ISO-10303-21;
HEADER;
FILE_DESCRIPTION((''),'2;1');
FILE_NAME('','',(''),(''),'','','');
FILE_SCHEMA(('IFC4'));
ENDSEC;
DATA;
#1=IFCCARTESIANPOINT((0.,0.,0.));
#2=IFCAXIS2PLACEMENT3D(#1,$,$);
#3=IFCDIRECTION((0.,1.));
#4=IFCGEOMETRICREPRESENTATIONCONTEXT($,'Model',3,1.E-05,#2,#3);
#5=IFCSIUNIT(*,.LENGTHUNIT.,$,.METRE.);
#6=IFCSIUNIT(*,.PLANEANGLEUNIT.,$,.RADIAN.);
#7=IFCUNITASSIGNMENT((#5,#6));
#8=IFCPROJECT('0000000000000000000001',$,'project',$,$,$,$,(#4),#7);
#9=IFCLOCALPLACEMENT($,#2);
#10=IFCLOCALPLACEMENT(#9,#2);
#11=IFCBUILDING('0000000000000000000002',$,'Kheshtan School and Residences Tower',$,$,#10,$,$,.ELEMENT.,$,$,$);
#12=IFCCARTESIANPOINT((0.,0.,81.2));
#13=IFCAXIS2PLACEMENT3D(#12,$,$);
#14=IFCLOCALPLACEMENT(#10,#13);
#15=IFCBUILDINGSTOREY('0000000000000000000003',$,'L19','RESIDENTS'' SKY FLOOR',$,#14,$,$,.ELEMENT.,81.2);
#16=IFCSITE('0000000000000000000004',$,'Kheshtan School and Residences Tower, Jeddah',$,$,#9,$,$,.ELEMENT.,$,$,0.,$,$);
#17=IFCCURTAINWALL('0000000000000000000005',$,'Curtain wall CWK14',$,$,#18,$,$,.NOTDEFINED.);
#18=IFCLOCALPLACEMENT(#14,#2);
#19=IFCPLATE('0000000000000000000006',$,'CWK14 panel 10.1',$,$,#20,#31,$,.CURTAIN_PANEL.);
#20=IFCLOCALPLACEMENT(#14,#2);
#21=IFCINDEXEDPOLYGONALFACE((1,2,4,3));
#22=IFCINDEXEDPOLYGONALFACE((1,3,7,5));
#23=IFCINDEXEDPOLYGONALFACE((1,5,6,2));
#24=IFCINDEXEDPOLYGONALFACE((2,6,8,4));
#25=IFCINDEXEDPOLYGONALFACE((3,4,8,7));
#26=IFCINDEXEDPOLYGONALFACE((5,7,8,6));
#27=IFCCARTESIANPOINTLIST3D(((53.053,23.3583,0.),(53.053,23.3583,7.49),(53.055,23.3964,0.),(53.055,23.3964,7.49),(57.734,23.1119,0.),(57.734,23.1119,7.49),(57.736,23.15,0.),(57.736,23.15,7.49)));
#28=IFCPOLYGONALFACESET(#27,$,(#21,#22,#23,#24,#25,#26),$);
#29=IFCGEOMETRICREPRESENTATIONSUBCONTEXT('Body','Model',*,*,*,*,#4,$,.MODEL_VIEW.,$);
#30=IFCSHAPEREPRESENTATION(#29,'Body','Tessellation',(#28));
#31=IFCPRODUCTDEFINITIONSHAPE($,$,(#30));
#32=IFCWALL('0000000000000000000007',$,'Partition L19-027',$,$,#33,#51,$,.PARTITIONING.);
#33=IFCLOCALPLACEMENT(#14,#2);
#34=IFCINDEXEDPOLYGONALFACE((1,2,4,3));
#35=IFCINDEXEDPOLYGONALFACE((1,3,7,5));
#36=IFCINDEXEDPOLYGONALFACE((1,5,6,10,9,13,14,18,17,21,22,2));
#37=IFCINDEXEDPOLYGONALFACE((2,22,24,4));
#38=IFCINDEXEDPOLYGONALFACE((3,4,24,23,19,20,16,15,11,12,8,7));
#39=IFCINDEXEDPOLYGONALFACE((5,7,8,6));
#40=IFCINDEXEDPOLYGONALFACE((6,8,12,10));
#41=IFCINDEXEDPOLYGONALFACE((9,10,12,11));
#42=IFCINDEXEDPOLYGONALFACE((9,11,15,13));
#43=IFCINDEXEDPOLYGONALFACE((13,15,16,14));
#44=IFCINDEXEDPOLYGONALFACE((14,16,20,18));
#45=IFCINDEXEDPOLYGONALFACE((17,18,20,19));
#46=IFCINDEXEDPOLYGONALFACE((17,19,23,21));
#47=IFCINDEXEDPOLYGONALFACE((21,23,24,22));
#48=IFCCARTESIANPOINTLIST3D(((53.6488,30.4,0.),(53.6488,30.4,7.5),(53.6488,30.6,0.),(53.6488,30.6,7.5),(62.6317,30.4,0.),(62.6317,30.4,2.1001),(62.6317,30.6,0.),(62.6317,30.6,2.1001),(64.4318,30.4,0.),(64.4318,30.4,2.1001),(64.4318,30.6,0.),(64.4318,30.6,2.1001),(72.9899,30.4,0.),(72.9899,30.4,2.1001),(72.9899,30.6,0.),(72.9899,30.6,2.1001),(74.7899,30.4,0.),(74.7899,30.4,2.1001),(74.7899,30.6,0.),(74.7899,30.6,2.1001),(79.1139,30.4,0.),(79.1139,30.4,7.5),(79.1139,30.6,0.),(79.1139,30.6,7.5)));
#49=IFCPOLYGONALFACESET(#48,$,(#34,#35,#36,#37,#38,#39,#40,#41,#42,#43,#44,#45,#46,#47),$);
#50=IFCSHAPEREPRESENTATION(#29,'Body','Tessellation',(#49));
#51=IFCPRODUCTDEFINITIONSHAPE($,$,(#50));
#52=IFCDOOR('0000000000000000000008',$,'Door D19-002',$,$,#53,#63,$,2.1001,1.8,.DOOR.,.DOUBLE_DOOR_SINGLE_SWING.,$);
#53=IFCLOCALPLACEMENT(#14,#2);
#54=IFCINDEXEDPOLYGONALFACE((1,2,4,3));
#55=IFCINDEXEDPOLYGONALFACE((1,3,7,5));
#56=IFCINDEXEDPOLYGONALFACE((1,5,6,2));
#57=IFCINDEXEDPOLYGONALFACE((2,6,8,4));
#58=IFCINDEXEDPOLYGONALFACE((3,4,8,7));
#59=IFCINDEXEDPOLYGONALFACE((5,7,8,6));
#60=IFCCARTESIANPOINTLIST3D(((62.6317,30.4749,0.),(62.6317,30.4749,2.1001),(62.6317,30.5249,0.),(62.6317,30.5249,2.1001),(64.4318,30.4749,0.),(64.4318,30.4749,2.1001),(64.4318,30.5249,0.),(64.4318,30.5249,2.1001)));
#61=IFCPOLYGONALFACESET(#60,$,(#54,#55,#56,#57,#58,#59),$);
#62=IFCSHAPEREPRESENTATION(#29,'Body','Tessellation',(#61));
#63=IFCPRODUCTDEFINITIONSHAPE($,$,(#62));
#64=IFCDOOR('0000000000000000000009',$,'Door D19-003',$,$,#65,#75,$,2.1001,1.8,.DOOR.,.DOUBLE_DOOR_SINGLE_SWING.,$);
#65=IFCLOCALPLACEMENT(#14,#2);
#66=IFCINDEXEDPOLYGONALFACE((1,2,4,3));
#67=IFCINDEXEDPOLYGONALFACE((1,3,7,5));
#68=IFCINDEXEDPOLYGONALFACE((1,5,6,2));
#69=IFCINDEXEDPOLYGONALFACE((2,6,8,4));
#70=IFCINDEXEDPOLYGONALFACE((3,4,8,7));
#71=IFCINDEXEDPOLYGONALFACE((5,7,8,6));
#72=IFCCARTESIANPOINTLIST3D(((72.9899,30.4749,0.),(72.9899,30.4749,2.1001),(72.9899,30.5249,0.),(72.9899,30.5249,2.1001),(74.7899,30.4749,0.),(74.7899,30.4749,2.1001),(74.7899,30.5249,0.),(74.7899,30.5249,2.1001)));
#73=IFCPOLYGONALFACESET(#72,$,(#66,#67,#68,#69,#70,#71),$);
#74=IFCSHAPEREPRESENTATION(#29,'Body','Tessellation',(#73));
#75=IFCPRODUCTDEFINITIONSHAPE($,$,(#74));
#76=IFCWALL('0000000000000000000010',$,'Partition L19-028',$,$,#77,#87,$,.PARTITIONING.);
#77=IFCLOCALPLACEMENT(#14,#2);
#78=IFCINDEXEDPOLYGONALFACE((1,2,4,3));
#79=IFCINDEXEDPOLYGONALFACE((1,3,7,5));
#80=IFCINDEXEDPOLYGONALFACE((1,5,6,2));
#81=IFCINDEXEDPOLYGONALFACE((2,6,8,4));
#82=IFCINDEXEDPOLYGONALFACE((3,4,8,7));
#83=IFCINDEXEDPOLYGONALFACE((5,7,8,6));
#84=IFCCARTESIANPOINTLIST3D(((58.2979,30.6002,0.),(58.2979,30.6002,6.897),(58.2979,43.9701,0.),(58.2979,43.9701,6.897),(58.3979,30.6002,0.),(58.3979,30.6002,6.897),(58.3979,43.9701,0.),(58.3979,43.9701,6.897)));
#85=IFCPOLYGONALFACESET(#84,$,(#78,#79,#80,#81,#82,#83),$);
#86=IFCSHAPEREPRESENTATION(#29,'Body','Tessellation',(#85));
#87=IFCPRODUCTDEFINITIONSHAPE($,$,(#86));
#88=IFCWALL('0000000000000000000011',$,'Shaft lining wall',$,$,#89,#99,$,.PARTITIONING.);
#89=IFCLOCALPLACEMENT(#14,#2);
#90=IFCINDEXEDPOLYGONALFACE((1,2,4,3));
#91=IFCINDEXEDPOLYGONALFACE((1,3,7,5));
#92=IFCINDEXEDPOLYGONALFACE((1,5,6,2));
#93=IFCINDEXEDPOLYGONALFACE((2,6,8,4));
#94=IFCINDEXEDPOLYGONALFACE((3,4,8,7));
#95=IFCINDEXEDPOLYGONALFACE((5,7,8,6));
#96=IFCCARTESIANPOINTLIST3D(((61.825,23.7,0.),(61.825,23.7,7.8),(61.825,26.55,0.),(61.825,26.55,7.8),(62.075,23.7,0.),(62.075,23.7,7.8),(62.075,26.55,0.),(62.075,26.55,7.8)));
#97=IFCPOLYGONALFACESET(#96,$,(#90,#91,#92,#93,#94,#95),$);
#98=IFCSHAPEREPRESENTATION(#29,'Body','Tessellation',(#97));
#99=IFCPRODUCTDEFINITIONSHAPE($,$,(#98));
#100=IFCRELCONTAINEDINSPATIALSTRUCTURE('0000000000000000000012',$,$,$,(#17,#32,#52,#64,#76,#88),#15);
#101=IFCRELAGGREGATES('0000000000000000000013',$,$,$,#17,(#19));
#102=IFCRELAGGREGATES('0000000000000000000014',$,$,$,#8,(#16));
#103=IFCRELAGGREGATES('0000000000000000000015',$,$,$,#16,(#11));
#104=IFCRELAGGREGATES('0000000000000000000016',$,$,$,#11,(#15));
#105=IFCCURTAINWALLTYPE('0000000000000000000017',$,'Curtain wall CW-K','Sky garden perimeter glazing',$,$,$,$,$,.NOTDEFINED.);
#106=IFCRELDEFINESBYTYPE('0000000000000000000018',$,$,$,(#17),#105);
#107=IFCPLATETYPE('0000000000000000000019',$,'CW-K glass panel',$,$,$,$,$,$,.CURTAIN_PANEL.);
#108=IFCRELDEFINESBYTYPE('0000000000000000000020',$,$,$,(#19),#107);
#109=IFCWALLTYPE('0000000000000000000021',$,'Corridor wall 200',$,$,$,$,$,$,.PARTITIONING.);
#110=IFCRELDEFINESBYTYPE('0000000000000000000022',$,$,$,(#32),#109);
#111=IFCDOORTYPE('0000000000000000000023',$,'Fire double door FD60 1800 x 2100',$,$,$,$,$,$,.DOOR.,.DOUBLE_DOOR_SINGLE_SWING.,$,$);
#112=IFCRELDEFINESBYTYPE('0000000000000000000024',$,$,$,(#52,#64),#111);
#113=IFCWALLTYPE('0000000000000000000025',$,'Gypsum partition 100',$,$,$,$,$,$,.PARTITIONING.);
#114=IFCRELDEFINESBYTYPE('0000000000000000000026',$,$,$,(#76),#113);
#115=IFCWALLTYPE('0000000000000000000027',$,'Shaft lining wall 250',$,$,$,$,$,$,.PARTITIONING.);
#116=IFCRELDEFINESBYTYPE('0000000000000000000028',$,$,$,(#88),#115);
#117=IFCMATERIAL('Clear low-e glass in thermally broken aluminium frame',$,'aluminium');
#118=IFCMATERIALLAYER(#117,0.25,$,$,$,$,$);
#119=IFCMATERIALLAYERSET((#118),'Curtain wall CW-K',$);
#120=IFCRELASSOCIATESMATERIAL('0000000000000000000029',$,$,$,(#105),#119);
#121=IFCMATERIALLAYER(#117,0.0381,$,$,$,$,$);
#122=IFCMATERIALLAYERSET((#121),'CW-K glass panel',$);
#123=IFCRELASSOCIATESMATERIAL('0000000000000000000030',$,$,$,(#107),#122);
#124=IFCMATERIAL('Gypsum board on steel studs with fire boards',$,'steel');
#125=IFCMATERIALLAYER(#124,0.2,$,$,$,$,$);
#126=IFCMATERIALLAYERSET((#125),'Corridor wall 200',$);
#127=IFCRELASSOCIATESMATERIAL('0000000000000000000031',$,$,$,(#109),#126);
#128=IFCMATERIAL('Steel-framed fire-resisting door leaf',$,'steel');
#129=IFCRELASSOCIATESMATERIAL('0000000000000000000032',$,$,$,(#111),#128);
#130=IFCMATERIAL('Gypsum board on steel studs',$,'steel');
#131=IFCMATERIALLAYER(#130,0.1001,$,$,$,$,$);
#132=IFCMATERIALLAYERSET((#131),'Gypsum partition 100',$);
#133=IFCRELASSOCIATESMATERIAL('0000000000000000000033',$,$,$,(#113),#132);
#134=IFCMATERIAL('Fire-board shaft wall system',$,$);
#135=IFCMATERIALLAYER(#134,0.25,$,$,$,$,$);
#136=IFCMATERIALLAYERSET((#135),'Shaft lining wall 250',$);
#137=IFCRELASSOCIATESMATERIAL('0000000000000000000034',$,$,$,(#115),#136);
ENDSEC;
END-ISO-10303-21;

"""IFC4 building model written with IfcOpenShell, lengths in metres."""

from ifc_helpers import new_model, si_unit, direction, frame, frame_2d, origin, origin_2d, place, context, subcontext, project, spatial, rectangle, extrude, source, transform, mapped, material, layer, layer_set, type_object, element, fill, aggregate, save


model = new_model("IFC4")

# Units and contexts
model_context = context("Model", 3, precision=1e-05, world=origin(), true_north=direction((0.0, 1.0)))
body_context = subcontext(model_context, "Body", "Model", "MODEL_VIEW")
ifc_project = project(units=[si_unit("LENGTHUNIT", "METRE"), si_unit("PLANEANGLEUNIT", "RADIAN")], contexts=[model_context])

# Site, building, storey
site_placement = place(None, origin())
site = spatial("IfcSite", under=ifc_project, at=site_placement, Name="Kheshtan School and Residences Tower, Jeddah", CompositionType="ELEMENT", RefElevation=0.0)
building_placement = place(site_placement, origin())
building = spatial("IfcBuilding", under=site, at=building_placement, Name="Kheshtan School and Residences Tower", CompositionType="ELEMENT")
storey_placement = place(building_placement, frame((0.0, 0.0, 81.2)))
storey = spatial("IfcBuildingStorey", under=building, at=storey_placement, Name="L19", Description="RESIDENTS' SKY FLOOR", CompositionType="ELEMENT", Elevation=81.2)

# Curtain wall, plate
ifc_material_1 = material(Name="Clear low-e glass in thermally broken aluminium frame", Category="aluminium")
ifc_layer_1 = layer(ifc_material_1, 0.25)
ifc_layer_set_1 = layer_set([ifc_layer_1], Name="Curtain wall CW-K")
curtain_wall_type = type_object("IfcCurtainWallType", Name="Curtain wall CW-K", Description="Sky garden perimeter glazing", PredefinedType="NOTDEFINED", material=ifc_layer_set_1)
curtain_wall_placement = place(storey_placement, origin())
curtain_wall = element("IfcCurtainWall", 1, at=curtain_wall_placement, inside=storey, type_object=curtain_wall_type, Name="Curtain wall CWK14", PredefinedType="NOTDEFINED")
ifc_layer_2 = layer(ifc_material_1, 0.0381)
ifc_layer_set_2 = layer_set([ifc_layer_2], Name="CW-K glass panel")
plate_type = type_object("IfcPlateType", Name="CW-K glass panel", PredefinedType="CURTAIN_PANEL", material=ifc_layer_set_2)
plate_1_placement = place(storey_placement, frame((55.3945, 23.2542, 0.0), z_axis=(0.0, 0.0, 1.0), x_axis=(-0.998617, 0.05257, 0.0)))
plate_1 = element("IfcPlate", 2, at=plate_1_placement, type_object=plate_type, Name="CWK14 panel 10.1", PredefinedType="CURTAIN_PANEL", context=body_context, shape_type="SweptSolid", body=[
    extrude(rectangle(XDim=4.6875, YDim=0.0381, at=origin_2d()), origin(), (0.0, 0.0, 1.0), 7.49),
])
aggregate(curtain_wall, [plate_1])

# Wall, openings, doors
ifc_material_2 = material(Name="Gypsum board on steel studs with fire boards", Category="steel")
ifc_layer_3 = layer(ifc_material_2, 0.2)
ifc_layer_set_3 = layer_set([ifc_layer_3], Name="Corridor wall 200")
wall_type_1 = type_object("IfcWallType", Name="Corridor wall 200", PredefinedType="PARTITIONING", material=ifc_layer_set_3)
wall_1_placement = place(storey_placement, frame((53.6489, 30.5, 0.0), z_axis=(0.0, 0.0, 1.0), x_axis=(1.0, 0.0, 0.0)))
wall_1 = element("IfcWall", 3, at=wall_1_placement, inside=storey, type_object=wall_type_1, Name="Partition L19-027", PredefinedType="PARTITIONING", context=body_context, shape_type="SweptSolid", body=[
    extrude(rectangle(XDim=25.4651, YDim=0.2, at=frame_2d((12.7324, 0.0))), origin(), (0.0, 0.0, 1.0), 7.5),
])
opening_1_placement = place(wall_1_placement, frame((8.9829, 0.0, 0.0)))
opening_1 = element("IfcOpeningElement", 4, at=opening_1_placement, cuts=wall_1, PredefinedType="OPENING", context=body_context, shape_type="SweptSolid", body=[
    extrude(rectangle(XDim=1.8, YDim=2.1001, at=frame_2d((0.8999, 1.05))), frame((0.0, 0.1099, 0.0), z_axis=(0.0, -1.0, 0.0), x_axis=(1.0, 0.0, 0.0)), (0.0, 0.0, 1.0), 0.22),
])
opening_2_placement = place(wall_1_placement, frame((19.3411, 0.0, 0.0)))
opening_2 = element("IfcOpeningElement", 5, at=opening_2_placement, cuts=wall_1, PredefinedType="OPENING", context=body_context, shape_type="SweptSolid", body=[
    extrude(rectangle(XDim=1.8, YDim=2.1001, at=frame_2d((0.8999, 1.05))), frame((0.0, 0.1099, 0.0), z_axis=(0.0, -1.0, 0.0), x_axis=(1.0, 0.0, 0.0)), (0.0, 0.0, 1.0), 0.22),
])
ifc_material_3 = material(Name="Steel-framed fire-resisting door leaf", Category="steel")
door_type_1 = type_object("IfcDoorType", Name="Fire double door FD60 1800 x 2100", OperationType="DOUBLE_DOOR_SINGLE_SWING", PredefinedType="DOOR", material=ifc_material_3)
shared_shape_1 = source(origin(), body_context, "Body", "SweptSolid", [
    extrude(rectangle(XDim=1.8, YDim=2.1001, at=frame_2d((0.8999, 1.05))), frame((0.0, 0.0249, 0.0), z_axis=(0.0, -1.0, 0.0), x_axis=(1.0, 0.0, 0.0)), (0.0, 0.0, 1.0), 0.05),
])
door_1_placement = place(opening_1_placement, origin())
door_1 = element("IfcDoor", 6, at=door_1_placement, inside=storey, type_object=door_type_1, Name="Door D19-002", OperationType="DOUBLE_DOOR_SINGLE_SWING", OverallHeight=2.1001, OverallWidth=1.8, PredefinedType="DOOR", context=body_context, shape_type="MappedRepresentation", body=[
    mapped(shared_shape_1, transform((0.0, 0.0, 0.0), x_axis=(1.0, 0.0, 0.0), y_axis=(0.0, 1.0, 0.0), z_axis=(0.0, 0.0, 1.0), scale=1.0)),
])
fill(opening_1, door_1)
door_2_placement = place(opening_2_placement, origin())
door_2 = element("IfcDoor", 7, at=door_2_placement, inside=storey, type_object=door_type_1, Name="Door D19-003", OperationType="DOUBLE_DOOR_SINGLE_SWING", OverallHeight=2.1001, OverallWidth=1.8, PredefinedType="DOOR", context=body_context, shape_type="MappedRepresentation", body=[
    mapped(shared_shape_1, transform((0.0, 0.0, 0.0), x_axis=(1.0, 0.0, 0.0), y_axis=(0.0, 1.0, 0.0), z_axis=(0.0, 0.0, 1.0), scale=1.0)),
])
fill(opening_2, door_2)

# Walls
ifc_material_4 = material(Name="Gypsum board on steel studs", Category="steel")
ifc_layer_4 = layer(ifc_material_4, 0.1001)
ifc_layer_set_4 = layer_set([ifc_layer_4], Name="Gypsum partition 100")
wall_type_2 = type_object("IfcWallType", Name="Gypsum partition 100", PredefinedType="PARTITIONING", material=ifc_layer_set_4)
wall_2_placement = place(storey_placement, frame((58.3479, 30.6001, 0.0), z_axis=(0.0, 0.0, 1.0), x_axis=(0.0, 1.0, 0.0)))
element("IfcWall", 8, at=wall_2_placement, inside=storey, type_object=wall_type_2, Name="Partition L19-028", PredefinedType="PARTITIONING", context=body_context, shape_type="SweptSolid", body=[
    extrude(rectangle(XDim=13.3699, YDim=0.1001, at=frame_2d((6.6851, 0.0))), origin(), (0.0, 0.0, 1.0), 6.897),
])
ifc_material_5 = material(Name="Fire-board shaft wall system")
ifc_layer_5 = layer(ifc_material_5, 0.25)
ifc_layer_set_5 = layer_set([ifc_layer_5], Name="Shaft lining wall 250")
wall_type_3 = type_object("IfcWallType", Name="Shaft lining wall 250", PredefinedType="PARTITIONING", material=ifc_layer_set_5)
wall_3_placement = place(storey_placement, frame((61.95, 23.7, 0.0), z_axis=(0.0, 0.0, 1.0), x_axis=(0.0, 1.0, 0.0)))
element("IfcWall", 9, at=wall_3_placement, inside=storey, type_object=wall_type_3, Name="Shaft lining wall", PredefinedType="PARTITIONING", context=body_context, shape_type="SweptSolid", body=[
    extrude(rectangle(XDim=2.8501, YDim=0.25, at=frame_2d((1.425, 0.0))), origin(), (0.0, 0.0, 1.0), 7.8),
])

save(model, "model.ifc")
